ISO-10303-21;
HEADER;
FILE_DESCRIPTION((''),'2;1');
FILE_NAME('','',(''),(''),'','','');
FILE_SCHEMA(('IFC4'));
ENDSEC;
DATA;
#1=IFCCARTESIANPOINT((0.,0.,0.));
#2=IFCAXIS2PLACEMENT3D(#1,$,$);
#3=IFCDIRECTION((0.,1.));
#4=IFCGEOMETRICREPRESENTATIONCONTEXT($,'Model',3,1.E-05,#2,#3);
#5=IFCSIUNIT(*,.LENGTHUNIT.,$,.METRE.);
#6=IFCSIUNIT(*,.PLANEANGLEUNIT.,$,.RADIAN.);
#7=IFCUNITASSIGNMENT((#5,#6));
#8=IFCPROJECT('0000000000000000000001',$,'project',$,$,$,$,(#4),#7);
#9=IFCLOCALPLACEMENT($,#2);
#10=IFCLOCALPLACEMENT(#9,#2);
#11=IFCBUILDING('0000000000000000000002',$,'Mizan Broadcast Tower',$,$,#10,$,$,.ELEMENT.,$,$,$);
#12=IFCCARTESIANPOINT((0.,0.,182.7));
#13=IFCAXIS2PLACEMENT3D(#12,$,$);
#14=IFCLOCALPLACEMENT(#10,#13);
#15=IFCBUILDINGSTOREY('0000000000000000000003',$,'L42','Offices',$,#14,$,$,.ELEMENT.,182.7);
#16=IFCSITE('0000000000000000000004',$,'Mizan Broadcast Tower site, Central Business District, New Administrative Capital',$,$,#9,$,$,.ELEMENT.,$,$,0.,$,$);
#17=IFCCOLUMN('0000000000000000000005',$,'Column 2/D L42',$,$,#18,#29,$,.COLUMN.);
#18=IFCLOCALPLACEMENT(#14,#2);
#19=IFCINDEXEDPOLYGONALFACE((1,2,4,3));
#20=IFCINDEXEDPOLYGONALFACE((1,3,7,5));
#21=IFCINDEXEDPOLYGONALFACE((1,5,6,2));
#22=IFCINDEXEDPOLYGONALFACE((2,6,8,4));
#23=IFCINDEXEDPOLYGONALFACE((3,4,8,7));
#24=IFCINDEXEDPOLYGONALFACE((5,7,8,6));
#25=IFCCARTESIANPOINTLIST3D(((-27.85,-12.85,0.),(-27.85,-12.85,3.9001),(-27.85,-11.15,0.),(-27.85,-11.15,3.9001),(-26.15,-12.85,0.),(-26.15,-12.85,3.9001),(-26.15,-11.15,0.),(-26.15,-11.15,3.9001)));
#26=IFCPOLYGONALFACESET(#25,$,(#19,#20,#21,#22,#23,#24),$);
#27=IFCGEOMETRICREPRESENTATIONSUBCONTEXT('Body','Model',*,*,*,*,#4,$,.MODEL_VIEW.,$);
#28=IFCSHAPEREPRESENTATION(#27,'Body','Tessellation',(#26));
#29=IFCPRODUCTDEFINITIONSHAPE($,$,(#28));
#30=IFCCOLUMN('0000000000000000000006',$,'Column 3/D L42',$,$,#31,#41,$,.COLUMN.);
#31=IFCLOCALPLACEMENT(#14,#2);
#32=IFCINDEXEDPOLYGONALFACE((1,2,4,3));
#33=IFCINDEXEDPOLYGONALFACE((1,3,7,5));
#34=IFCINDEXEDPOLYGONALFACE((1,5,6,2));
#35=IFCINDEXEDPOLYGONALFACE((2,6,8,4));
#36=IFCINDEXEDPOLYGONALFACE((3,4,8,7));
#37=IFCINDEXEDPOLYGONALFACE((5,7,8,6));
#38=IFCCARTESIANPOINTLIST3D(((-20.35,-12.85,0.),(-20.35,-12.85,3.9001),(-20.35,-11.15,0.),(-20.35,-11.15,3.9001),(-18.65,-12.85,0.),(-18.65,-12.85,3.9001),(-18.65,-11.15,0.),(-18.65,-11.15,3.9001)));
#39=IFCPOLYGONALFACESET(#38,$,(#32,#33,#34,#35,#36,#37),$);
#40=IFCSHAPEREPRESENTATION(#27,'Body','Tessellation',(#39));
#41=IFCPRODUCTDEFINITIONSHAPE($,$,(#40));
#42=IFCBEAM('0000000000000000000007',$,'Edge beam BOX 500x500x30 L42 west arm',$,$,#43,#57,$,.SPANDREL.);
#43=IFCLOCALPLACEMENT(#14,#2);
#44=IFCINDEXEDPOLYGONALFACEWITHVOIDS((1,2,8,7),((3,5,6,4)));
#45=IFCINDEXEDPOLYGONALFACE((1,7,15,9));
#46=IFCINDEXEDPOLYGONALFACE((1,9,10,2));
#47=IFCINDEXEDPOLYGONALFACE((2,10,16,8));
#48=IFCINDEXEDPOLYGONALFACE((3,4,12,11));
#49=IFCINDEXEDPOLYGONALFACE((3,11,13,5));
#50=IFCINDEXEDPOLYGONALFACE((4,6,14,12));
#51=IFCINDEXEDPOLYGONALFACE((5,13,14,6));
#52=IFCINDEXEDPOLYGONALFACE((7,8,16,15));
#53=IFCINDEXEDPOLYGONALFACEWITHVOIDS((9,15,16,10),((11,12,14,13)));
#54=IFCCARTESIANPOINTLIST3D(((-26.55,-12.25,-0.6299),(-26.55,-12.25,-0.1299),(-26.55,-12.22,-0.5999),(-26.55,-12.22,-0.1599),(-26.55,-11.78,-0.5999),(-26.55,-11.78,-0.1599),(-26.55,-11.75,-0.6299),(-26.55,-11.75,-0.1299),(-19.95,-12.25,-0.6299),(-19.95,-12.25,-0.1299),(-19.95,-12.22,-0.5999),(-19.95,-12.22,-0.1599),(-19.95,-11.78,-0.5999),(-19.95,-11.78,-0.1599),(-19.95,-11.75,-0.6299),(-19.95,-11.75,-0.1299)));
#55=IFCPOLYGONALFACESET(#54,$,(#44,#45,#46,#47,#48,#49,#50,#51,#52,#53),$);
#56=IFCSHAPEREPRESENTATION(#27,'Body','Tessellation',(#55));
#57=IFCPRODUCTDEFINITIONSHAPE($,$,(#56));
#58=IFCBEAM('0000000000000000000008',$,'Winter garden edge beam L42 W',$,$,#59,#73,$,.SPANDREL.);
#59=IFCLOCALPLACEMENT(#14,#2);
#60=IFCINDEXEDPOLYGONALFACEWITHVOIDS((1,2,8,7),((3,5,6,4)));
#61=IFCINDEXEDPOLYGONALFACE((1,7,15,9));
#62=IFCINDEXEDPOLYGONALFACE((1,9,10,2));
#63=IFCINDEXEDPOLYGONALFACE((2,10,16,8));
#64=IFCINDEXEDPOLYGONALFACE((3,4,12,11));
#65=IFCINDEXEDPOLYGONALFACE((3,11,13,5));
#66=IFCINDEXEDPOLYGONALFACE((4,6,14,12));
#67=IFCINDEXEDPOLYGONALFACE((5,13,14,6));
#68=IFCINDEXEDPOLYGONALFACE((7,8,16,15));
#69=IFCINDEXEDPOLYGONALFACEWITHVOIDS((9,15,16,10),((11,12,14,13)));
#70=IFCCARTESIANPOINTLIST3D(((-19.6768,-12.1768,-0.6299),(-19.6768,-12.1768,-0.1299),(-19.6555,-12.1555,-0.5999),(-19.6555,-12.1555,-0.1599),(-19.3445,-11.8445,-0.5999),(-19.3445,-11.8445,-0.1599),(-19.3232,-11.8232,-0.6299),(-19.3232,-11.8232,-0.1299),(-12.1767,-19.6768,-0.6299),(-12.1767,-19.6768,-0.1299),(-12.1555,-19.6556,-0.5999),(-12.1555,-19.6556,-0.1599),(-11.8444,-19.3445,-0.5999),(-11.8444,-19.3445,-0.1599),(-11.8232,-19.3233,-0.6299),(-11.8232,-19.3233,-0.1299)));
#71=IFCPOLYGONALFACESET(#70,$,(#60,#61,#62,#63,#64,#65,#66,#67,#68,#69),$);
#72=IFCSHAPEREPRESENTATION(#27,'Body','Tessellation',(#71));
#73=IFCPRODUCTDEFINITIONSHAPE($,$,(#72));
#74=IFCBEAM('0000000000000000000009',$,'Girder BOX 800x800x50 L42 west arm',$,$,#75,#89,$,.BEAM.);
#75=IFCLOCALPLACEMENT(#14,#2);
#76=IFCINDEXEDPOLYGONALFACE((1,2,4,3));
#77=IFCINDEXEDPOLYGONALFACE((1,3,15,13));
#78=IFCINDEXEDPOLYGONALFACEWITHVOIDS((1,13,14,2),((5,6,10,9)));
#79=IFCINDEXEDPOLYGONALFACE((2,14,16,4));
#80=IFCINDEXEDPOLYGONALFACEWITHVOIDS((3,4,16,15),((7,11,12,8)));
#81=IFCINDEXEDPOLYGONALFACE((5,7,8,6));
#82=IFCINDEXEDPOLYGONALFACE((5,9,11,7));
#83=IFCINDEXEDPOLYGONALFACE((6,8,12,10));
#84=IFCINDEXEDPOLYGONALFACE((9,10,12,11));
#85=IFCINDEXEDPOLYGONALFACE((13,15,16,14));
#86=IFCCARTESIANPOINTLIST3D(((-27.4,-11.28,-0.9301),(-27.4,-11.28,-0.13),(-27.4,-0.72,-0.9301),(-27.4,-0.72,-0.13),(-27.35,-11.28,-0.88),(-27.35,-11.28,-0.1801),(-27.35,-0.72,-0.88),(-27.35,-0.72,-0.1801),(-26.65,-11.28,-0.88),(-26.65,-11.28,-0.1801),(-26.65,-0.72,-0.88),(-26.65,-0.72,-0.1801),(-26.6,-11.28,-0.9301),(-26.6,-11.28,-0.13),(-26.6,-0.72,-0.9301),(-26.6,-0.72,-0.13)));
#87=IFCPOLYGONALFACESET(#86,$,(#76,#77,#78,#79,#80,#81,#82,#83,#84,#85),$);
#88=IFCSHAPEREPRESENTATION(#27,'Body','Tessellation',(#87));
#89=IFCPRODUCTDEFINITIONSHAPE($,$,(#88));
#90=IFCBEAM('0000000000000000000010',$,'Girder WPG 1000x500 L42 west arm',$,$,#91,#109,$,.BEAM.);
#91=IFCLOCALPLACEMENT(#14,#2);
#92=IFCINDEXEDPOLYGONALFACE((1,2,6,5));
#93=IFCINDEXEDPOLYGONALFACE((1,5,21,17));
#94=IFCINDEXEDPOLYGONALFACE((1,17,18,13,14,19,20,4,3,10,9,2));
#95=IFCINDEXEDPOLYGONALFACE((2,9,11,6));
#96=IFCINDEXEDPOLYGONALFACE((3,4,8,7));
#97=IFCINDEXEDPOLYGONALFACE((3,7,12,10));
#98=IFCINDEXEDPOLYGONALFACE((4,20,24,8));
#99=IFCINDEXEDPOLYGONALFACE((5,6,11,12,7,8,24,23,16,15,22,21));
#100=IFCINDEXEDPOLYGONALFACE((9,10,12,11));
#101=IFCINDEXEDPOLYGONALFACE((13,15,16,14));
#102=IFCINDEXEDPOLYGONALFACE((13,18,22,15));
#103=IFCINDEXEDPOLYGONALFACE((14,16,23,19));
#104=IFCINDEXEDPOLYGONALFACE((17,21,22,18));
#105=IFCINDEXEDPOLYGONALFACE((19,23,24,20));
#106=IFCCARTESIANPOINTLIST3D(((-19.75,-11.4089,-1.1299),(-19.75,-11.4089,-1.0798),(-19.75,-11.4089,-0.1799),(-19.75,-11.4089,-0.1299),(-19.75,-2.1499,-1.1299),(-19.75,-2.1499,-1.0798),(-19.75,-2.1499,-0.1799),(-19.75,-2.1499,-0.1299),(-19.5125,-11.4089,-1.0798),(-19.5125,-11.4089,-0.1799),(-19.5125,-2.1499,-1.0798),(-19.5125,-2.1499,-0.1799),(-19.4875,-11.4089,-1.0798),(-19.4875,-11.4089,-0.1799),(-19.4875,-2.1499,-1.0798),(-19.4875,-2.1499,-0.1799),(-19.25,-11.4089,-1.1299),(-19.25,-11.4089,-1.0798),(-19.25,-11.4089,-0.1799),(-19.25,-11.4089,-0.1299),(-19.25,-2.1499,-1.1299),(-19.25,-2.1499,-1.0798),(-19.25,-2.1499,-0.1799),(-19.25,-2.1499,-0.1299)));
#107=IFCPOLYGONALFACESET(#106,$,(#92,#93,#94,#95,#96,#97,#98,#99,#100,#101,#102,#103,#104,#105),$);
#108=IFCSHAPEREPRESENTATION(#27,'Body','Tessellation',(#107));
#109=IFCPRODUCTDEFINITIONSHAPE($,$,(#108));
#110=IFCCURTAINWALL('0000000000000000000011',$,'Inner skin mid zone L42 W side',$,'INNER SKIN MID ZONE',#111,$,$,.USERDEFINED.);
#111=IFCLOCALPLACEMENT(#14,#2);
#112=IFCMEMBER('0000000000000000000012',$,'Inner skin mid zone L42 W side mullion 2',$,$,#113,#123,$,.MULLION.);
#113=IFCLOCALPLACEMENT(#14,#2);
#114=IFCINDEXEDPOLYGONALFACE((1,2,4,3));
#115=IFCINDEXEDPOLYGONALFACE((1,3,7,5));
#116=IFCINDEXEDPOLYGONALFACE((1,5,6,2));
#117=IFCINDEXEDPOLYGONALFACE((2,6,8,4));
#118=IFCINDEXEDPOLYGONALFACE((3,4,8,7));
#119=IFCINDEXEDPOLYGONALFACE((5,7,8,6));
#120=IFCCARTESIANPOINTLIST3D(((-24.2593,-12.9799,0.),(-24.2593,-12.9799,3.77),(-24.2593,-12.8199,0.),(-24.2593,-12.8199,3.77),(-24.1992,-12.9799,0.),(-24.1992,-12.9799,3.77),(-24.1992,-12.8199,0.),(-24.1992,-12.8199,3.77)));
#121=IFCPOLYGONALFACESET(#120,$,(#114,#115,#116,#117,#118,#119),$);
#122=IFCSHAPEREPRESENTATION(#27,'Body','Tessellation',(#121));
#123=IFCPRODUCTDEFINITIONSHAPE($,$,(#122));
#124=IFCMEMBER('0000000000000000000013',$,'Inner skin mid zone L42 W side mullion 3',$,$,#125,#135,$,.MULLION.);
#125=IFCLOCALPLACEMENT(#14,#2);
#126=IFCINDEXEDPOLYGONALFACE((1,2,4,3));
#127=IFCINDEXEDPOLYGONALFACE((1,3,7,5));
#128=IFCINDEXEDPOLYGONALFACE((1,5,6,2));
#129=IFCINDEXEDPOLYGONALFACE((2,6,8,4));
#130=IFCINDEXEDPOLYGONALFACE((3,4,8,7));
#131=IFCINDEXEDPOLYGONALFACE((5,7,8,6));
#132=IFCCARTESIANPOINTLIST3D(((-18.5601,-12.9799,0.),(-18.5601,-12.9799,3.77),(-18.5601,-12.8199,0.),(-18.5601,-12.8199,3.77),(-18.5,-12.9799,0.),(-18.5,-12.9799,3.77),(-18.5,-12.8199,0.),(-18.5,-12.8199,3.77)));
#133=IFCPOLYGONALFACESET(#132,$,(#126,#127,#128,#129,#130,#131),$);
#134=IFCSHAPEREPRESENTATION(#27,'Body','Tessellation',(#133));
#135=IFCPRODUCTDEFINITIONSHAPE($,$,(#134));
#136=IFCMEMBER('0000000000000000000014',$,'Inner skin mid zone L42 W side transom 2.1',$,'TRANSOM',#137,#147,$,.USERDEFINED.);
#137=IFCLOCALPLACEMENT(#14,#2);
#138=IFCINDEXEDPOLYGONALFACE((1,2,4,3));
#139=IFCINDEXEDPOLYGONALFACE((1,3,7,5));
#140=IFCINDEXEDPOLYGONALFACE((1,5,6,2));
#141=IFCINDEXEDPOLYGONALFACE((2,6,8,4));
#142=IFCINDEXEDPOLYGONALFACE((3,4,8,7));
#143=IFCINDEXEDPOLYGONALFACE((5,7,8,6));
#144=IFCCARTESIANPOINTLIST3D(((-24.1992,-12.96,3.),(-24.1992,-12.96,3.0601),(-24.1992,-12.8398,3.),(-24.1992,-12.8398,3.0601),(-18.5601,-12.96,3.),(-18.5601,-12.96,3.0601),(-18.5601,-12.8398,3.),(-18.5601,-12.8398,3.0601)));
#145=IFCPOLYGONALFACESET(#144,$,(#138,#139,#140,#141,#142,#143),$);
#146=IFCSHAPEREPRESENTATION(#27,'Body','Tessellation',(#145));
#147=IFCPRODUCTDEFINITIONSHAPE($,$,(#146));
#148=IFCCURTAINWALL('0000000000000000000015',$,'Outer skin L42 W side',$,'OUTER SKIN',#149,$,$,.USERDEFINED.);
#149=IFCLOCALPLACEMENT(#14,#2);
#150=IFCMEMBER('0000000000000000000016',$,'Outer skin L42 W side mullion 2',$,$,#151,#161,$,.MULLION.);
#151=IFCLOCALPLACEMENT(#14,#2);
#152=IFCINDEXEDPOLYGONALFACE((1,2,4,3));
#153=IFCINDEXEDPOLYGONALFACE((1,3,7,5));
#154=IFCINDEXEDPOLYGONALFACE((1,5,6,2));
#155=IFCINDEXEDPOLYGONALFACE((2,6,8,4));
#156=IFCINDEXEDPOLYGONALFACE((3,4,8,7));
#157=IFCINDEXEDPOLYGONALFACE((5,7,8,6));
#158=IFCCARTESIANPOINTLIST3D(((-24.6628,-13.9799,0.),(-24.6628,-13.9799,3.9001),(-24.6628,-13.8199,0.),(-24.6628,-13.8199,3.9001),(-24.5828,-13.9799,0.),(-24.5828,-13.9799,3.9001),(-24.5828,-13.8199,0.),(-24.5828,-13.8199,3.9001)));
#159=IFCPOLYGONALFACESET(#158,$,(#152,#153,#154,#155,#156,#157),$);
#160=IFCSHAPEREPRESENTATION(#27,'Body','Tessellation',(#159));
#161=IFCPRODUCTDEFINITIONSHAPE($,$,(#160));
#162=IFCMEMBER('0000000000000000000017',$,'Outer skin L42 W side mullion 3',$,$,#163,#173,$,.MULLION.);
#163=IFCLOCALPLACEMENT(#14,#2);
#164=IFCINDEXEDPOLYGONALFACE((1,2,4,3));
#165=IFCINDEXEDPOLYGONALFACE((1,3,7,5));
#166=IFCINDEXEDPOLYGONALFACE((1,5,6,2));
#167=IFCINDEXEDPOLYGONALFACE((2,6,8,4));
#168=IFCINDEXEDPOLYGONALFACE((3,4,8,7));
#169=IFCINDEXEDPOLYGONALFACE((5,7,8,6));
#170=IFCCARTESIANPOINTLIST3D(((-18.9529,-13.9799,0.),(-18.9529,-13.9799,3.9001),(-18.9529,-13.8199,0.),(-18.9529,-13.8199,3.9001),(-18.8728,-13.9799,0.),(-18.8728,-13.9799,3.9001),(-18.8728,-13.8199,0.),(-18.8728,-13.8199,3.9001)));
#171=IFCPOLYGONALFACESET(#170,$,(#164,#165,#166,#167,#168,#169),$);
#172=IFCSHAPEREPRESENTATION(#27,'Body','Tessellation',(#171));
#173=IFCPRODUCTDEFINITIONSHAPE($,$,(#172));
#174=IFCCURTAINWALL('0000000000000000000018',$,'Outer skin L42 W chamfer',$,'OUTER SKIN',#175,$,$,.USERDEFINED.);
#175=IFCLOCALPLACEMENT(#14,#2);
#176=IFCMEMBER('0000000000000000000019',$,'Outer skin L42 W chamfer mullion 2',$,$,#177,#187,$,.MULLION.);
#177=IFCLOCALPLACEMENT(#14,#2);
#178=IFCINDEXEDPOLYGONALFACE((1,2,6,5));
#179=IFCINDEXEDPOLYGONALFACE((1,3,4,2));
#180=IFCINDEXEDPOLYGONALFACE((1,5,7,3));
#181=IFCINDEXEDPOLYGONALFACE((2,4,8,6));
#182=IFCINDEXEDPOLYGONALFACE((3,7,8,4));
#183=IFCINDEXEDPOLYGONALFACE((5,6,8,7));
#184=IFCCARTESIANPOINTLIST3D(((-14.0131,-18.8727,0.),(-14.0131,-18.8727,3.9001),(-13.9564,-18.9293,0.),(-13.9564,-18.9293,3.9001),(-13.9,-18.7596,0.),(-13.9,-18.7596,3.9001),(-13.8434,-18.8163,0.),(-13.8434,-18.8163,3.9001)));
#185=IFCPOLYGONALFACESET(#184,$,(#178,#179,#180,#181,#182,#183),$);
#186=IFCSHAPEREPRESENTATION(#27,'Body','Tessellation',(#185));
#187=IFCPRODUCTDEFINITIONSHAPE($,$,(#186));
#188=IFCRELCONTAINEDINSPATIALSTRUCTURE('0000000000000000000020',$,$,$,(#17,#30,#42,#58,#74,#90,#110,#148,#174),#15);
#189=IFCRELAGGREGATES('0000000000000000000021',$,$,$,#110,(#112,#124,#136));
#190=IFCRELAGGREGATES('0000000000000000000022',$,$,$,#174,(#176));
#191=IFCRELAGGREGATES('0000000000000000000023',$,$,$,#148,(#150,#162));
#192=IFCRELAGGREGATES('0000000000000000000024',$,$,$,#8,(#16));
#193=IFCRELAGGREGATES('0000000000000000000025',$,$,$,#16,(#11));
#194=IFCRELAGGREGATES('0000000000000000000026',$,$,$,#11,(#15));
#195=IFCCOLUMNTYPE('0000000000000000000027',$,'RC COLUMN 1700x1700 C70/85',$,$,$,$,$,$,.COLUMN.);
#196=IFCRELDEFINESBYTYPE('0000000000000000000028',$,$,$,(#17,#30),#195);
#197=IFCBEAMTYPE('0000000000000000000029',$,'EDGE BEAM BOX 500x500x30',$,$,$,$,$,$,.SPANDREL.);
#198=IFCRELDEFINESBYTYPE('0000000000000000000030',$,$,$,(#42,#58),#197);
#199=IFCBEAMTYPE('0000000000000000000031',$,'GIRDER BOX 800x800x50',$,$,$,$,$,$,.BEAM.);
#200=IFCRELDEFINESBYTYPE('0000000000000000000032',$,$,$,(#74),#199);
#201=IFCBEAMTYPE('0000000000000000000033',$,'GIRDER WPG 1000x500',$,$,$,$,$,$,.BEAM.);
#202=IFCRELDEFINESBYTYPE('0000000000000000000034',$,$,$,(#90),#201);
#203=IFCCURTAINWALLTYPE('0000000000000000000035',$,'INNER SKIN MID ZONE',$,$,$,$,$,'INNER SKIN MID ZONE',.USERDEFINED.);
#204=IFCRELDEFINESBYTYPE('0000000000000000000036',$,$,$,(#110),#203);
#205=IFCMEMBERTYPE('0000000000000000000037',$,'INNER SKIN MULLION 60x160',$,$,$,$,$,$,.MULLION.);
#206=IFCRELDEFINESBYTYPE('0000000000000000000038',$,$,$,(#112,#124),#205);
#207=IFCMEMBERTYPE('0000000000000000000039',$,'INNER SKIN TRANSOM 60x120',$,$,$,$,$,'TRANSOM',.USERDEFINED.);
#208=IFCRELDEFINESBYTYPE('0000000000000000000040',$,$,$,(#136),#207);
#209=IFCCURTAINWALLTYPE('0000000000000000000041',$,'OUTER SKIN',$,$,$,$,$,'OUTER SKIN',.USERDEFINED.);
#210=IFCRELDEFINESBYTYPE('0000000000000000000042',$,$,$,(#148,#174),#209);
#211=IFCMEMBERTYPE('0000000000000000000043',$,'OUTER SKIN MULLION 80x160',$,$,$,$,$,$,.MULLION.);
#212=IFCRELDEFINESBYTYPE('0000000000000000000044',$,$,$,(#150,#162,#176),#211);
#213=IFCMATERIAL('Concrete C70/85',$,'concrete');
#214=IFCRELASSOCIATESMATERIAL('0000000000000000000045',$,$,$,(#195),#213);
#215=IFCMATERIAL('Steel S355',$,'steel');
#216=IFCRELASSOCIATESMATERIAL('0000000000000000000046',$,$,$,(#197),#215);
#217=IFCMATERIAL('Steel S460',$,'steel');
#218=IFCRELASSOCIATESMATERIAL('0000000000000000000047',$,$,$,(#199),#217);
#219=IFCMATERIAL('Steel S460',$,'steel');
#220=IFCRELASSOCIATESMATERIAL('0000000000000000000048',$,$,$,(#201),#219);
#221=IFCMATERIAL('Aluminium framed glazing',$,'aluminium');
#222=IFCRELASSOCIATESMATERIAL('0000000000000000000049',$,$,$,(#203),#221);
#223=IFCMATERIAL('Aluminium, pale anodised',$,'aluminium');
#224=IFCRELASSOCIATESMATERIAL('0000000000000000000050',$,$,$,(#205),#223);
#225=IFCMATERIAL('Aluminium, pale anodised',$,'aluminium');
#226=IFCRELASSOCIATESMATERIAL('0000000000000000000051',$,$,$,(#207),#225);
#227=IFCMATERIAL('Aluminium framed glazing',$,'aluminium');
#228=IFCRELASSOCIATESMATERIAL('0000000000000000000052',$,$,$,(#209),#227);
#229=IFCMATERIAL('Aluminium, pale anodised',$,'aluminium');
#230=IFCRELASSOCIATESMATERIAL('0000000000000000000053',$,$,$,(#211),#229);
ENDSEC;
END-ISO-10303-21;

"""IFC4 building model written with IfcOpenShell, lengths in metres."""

from ifc_helpers import new_model, si_unit, direction, frame, origin, origin_2d, place, context, subcontext, project, spatial, rectangle, hollow_rectangle, i_section, extrude, material, material_profile, profile_set, type_object, element, aggregate, save


model = new_model("IFC4")

# Units and contexts
model_context = context("Model", 3, precision=1e-05, world=origin(), true_north=direction((0.0, 1.0)))
body_context = subcontext(model_context, "Body", "Model", "MODEL_VIEW")
ifc_project = project(units=[si_unit("LENGTHUNIT", "METRE"), si_unit("PLANEANGLEUNIT", "RADIAN")], contexts=[model_context])

# Site, building, storey
site_placement = place(None, origin())
site = spatial("IfcSite", under=ifc_project, at=site_placement, Name="Mizan Broadcast Tower site, Central Business District, New Administrative Capital", CompositionType="ELEMENT", RefElevation=0.0)
building_placement = place(site_placement, origin())
building = spatial("IfcBuilding", under=site, at=building_placement, Name="Mizan Broadcast Tower", CompositionType="ELEMENT")
storey_placement = place(building_placement, frame((0.0, 0.0, 182.7)))
storey = spatial("IfcBuildingStorey", under=building, at=storey_placement, Name="L42", Description="Offices", CompositionType="ELEMENT", Elevation=182.7)

# Columns
ifc_material_1 = material(Name="Concrete C70/85", Category="concrete")
ifc_material_profile_1 = material_profile(ifc_material_1, rectangle(XDim=1.7, YDim=1.7, at=origin_2d()), Name="RC 1700x1700")
ifc_profile_set_1 = profile_set([ifc_material_profile_1], Name="Concrete C70/85")
column_type = type_object("IfcColumnType", Name="RC COLUMN 1700x1700 C70/85", PredefinedType="COLUMN", material=ifc_profile_set_1)
for number, where, z_axis, x_axis, name in (
    (1, (-27.0, -12.0, 0.0), (0.0, 0.0, 1.0), (1.0, 0.0, 0.0), "Column 2/D L42"),
    (2, (-19.5, -12.0, 0.0), (0.0, 0.0, 1.0), (1.0, 0.0, 0.0), "Column 3/D L42"),
):
    element("IfcColumn", number, at=place(storey_placement, frame(where, z_axis=z_axis, x_axis=x_axis)), inside=storey, type_object=column_type, Name=name, PredefinedType="COLUMN", context=body_context, shape_type="SweptSolid", body=[
        extrude(rectangle(XDim=1.7, YDim=1.7, at=origin_2d()), origin(), (0.0, 0.0, 1.0), 3.9001),
    ])

# Beams
ifc_material_2 = material(Name="Steel S355", Category="steel")
ifc_material_profile_2 = material_profile(ifc_material_2, hollow_rectangle(XDim=0.5, YDim=0.5, WallThickness=0.03, at=origin_2d()), Name="BOX 500x500x30")
ifc_profile_set_2 = profile_set([ifc_material_profile_2], Name="Steel S355")
beam_type_1 = type_object("IfcBeamType", Name="EDGE BEAM BOX 500x500x30", PredefinedType="SPANDREL", material=ifc_profile_set_2)
beam_1_placement = place(storey_placement, frame((-19.95, -12.0, -0.3799), z_axis=(-1.0, 0.0, 0.0), x_axis=(0.0, -1.0, 0.0)))
element("IfcBeam", 3, at=beam_1_placement, inside=storey, type_object=beam_type_1, Name="Edge beam BOX 500x500x30 L42 west arm", PredefinedType="SPANDREL", context=body_context, shape_type="SweptSolid", body=[
    extrude(hollow_rectangle(XDim=0.5, YDim=0.5, WallThickness=0.03, at=origin_2d()), origin(), (0.0, 0.0, 1.0), 6.6001),
])
beam_2_placement = place(storey_placement, frame((-19.5, -12.0, -0.3799), z_axis=(0.707107, -0.707107, 0.0), x_axis=(0.707107, 0.707107, 0.0)))
element("IfcBeam", 4, at=beam_2_placement, inside=storey, type_object=beam_type_1, Name="Winter garden edge beam L42 W", PredefinedType="SPANDREL", context=body_context, shape_type="SweptSolid", body=[
    extrude(hollow_rectangle(XDim=0.5, YDim=0.5, WallThickness=0.03, at=origin_2d()), origin(), (0.0, 0.0, 1.0), 10.6067),
])
ifc_material_3 = material(Name="Steel S460", Category="steel")
ifc_material_profile_3 = material_profile(ifc_material_3, hollow_rectangle(XDim=0.8, YDim=0.8, WallThickness=0.05, at=origin_2d()), Name="BOX 800x800x50")
ifc_profile_set_3 = profile_set([ifc_material_profile_3], Name="Steel S460")
beam_type_2 = type_object("IfcBeamType", Name="GIRDER BOX 800x800x50", PredefinedType="BEAM", material=ifc_profile_set_3)
beam_3_placement = place(storey_placement, frame((-27.0, -11.28, -0.53), z_axis=(0.0, 1.0, 0.0), x_axis=(-1.0, 0.0, 0.0)))
element("IfcBeam", 5, at=beam_3_placement, inside=storey, type_object=beam_type_2, Name="Girder BOX 800x800x50 L42 west arm", PredefinedType="BEAM", context=body_context, shape_type="SweptSolid", body=[
    extrude(hollow_rectangle(XDim=0.8, YDim=0.8, WallThickness=0.05, at=origin_2d()), origin(), (0.0, 0.0, 1.0), 10.5601),
])
ifc_material_4 = material(Name="Steel S460", Category="steel")
ifc_material_profile_4 = material_profile(ifc_material_4, i_section(OverallWidth=0.5, OverallDepth=1.0, WebThickness=0.0249, FlangeThickness=0.05, at=origin_2d()), Name="WPG 1000x500")
ifc_profile_set_4 = profile_set([ifc_material_profile_4], Name="Steel S460")
beam_type_3 = type_object("IfcBeamType", Name="GIRDER WPG 1000x500", PredefinedType="BEAM", material=ifc_profile_set_4)
beam_4_placement = place(storey_placement, frame((-19.5, -11.4089, -0.6299), z_axis=(0.0, 1.0, 0.0), x_axis=(-1.0, 0.0, 0.0)))
element("IfcBeam", 6, at=beam_4_placement, inside=storey, type_object=beam_type_3, Name="Girder WPG 1000x500 L42 west arm", PredefinedType="BEAM", context=body_context, shape_type="SweptSolid", body=[
    extrude(i_section(OverallWidth=0.5, OverallDepth=1.0, WebThickness=0.0249, FlangeThickness=0.05, at=origin_2d()), origin(), (0.0, 0.0, 1.0), 9.259),
])

# Curtain walls, members
ifc_material_5 = material(Name="Aluminium framed glazing", Category="aluminium")
curtain_wall_type_1 = type_object("IfcCurtainWallType", Name="INNER SKIN MID ZONE", ElementType="INNER SKIN MID ZONE", PredefinedType="USERDEFINED", material=ifc_material_5)
curtain_wall_1_placement = place(storey_placement, origin())
curtain_wall_1 = element("IfcCurtainWall", 7, at=curtain_wall_1_placement, inside=storey, type_object=curtain_wall_type_1, Name="Inner skin mid zone L42 W side", ObjectType="INNER SKIN MID ZONE", PredefinedType="USERDEFINED")
ifc_material_6 = material(Name="Aluminium, pale anodised", Category="aluminium")
ifc_material_profile_5 = material_profile(ifc_material_6, rectangle(XDim=0.1599, YDim=0.0601, at=origin_2d()), Name="MULLION 160x60")
ifc_profile_set_5 = profile_set([ifc_material_profile_5], Name="Aluminium, pale anodised")
member_type_1 = type_object("IfcMemberType", Name="INNER SKIN MULLION 60x160", PredefinedType="MULLION", material=ifc_profile_set_5)
member_1_placement = place(storey_placement, frame((-24.2292, -12.8999, 0.0), z_axis=(0.0, 0.0, 1.0), x_axis=(0.0, 1.0, 0.0)))
member_1 = element("IfcMember", 8, at=member_1_placement, type_object=member_type_1, Name="Inner skin mid zone L42 W side mullion 2", PredefinedType="MULLION", context=body_context, shape_type="SweptSolid", body=[
    extrude(rectangle(XDim=0.1599, YDim=0.0601, at=origin_2d()), origin(), (0.0, 0.0, 1.0), 3.77),
])
member_2_placement = place(storey_placement, frame((-18.53, -12.8999, 0.0), z_axis=(0.0, 0.0, 1.0), x_axis=(0.0, 1.0, 0.0)))
member_2 = element("IfcMember", 9, at=member_2_placement, type_object=member_type_1, Name="Inner skin mid zone L42 W side mullion 3", PredefinedType="MULLION", context=body_context, shape_type="SweptSolid", body=[
    extrude(rectangle(XDim=0.1599, YDim=0.0601, at=origin_2d()), origin(), (0.0, 0.0, 1.0), 3.77),
])
ifc_material_7 = material(Name="Aluminium, pale anodised", Category="aluminium")
ifc_material_profile_6 = material_profile(ifc_material_7, rectangle(XDim=0.1201, YDim=0.0601, at=origin_2d()), Name="TRANSOM 120x60")
ifc_profile_set_6 = profile_set([ifc_material_profile_6], Name="Aluminium, pale anodised")
member_type_2 = type_object("IfcMemberType", Name="INNER SKIN TRANSOM 60x120", ElementType="TRANSOM", PredefinedType="USERDEFINED", material=ifc_profile_set_6)
member_3_placement = place(storey_placement, frame((-24.1992, -12.8999, 3.03), z_axis=(1.0, 0.0, 0.0), x_axis=(0.0, 1.0, 0.0)))
member_3 = element("IfcMember", 10, at=member_3_placement, type_object=member_type_2, Name="Inner skin mid zone L42 W side transom 2.1", ObjectType="TRANSOM", PredefinedType="USERDEFINED", context=body_context, shape_type="SweptSolid", body=[
    extrude(rectangle(XDim=0.1201, YDim=0.0601, at=origin_2d()), origin(), (0.0, 0.0, 1.0), 5.6392),
])
ifc_material_8 = material(Name="Aluminium framed glazing", Category="aluminium")
curtain_wall_type_2 = type_object("IfcCurtainWallType", Name="OUTER SKIN", ElementType="OUTER SKIN", PredefinedType="USERDEFINED", material=ifc_material_8)
curtain_wall_2_placement = place(storey_placement, origin())
curtain_wall_2 = element("IfcCurtainWall", 11, at=curtain_wall_2_placement, inside=storey, type_object=curtain_wall_type_2, Name="Outer skin L42 W side", ObjectType="OUTER SKIN", PredefinedType="USERDEFINED")
ifc_material_9 = material(Name="Aluminium, pale anodised", Category="aluminium")
ifc_material_profile_7 = material_profile(ifc_material_9, rectangle(XDim=0.1599, YDim=0.0801, at=origin_2d()), Name="MULLION 160x80")
ifc_profile_set_7 = profile_set([ifc_material_profile_7], Name="Aluminium, pale anodised")
member_type_3 = type_object("IfcMemberType", Name="OUTER SKIN MULLION 80x160", PredefinedType="MULLION", material=ifc_profile_set_7)
member_4_placement = place(storey_placement, frame((-24.6228, -13.8999, 0.0), z_axis=(0.0, 0.0, 1.0), x_axis=(0.0, 1.0, 0.0)))
member_4 = element("IfcMember", 12, at=member_4_placement, type_object=member_type_3, Name="Outer skin L42 W side mullion 2", PredefinedType="MULLION", context=body_context, shape_type="SweptSolid", body=[
    extrude(rectangle(XDim=0.1599, YDim=0.0801, at=origin_2d()), origin(), (0.0, 0.0, 1.0), 3.9001),
])
member_5_placement = place(storey_placement, frame((-18.9128, -13.8999, 0.0), z_axis=(0.0, 0.0, 1.0), x_axis=(0.0, 1.0, 0.0)))
member_5 = element("IfcMember", 13, at=member_5_placement, type_object=member_type_3, Name="Outer skin L42 W side mullion 3", PredefinedType="MULLION", context=body_context, shape_type="SweptSolid", body=[
    extrude(rectangle(XDim=0.1599, YDim=0.0801, at=origin_2d()), origin(), (0.0, 0.0, 1.0), 3.9001),
])

# Curtain wall, member
curtain_wall_3_placement = place(storey_placement, origin())
curtain_wall_3 = element("IfcCurtainWall", 14, at=curtain_wall_3_placement, inside=storey, type_object=curtain_wall_type_2, Name="Outer skin L42 W chamfer", ObjectType="OUTER SKIN", PredefinedType="USERDEFINED")
member_6_placement = place(storey_placement, frame((-13.9282, -18.8445, 0.0), z_axis=(0.0, 0.0, 1.0), x_axis=(0.707107, 0.707107, 0.0)))
member_6 = element("IfcMember", 15, at=member_6_placement, type_object=member_type_3, Name="Outer skin L42 W chamfer mullion 2", PredefinedType="MULLION", context=body_context, shape_type="SweptSolid", body=[
    extrude(rectangle(XDim=0.1599, YDim=0.0801, at=origin_2d()), origin(), (0.0, 0.0, 1.0), 3.9001),
])

aggregate(curtain_wall_1, [member_1, member_2, member_3])
aggregate(curtain_wall_3, [member_6])
aggregate(curtain_wall_2, [member_4, member_5])

save(model, "model.ifc")
